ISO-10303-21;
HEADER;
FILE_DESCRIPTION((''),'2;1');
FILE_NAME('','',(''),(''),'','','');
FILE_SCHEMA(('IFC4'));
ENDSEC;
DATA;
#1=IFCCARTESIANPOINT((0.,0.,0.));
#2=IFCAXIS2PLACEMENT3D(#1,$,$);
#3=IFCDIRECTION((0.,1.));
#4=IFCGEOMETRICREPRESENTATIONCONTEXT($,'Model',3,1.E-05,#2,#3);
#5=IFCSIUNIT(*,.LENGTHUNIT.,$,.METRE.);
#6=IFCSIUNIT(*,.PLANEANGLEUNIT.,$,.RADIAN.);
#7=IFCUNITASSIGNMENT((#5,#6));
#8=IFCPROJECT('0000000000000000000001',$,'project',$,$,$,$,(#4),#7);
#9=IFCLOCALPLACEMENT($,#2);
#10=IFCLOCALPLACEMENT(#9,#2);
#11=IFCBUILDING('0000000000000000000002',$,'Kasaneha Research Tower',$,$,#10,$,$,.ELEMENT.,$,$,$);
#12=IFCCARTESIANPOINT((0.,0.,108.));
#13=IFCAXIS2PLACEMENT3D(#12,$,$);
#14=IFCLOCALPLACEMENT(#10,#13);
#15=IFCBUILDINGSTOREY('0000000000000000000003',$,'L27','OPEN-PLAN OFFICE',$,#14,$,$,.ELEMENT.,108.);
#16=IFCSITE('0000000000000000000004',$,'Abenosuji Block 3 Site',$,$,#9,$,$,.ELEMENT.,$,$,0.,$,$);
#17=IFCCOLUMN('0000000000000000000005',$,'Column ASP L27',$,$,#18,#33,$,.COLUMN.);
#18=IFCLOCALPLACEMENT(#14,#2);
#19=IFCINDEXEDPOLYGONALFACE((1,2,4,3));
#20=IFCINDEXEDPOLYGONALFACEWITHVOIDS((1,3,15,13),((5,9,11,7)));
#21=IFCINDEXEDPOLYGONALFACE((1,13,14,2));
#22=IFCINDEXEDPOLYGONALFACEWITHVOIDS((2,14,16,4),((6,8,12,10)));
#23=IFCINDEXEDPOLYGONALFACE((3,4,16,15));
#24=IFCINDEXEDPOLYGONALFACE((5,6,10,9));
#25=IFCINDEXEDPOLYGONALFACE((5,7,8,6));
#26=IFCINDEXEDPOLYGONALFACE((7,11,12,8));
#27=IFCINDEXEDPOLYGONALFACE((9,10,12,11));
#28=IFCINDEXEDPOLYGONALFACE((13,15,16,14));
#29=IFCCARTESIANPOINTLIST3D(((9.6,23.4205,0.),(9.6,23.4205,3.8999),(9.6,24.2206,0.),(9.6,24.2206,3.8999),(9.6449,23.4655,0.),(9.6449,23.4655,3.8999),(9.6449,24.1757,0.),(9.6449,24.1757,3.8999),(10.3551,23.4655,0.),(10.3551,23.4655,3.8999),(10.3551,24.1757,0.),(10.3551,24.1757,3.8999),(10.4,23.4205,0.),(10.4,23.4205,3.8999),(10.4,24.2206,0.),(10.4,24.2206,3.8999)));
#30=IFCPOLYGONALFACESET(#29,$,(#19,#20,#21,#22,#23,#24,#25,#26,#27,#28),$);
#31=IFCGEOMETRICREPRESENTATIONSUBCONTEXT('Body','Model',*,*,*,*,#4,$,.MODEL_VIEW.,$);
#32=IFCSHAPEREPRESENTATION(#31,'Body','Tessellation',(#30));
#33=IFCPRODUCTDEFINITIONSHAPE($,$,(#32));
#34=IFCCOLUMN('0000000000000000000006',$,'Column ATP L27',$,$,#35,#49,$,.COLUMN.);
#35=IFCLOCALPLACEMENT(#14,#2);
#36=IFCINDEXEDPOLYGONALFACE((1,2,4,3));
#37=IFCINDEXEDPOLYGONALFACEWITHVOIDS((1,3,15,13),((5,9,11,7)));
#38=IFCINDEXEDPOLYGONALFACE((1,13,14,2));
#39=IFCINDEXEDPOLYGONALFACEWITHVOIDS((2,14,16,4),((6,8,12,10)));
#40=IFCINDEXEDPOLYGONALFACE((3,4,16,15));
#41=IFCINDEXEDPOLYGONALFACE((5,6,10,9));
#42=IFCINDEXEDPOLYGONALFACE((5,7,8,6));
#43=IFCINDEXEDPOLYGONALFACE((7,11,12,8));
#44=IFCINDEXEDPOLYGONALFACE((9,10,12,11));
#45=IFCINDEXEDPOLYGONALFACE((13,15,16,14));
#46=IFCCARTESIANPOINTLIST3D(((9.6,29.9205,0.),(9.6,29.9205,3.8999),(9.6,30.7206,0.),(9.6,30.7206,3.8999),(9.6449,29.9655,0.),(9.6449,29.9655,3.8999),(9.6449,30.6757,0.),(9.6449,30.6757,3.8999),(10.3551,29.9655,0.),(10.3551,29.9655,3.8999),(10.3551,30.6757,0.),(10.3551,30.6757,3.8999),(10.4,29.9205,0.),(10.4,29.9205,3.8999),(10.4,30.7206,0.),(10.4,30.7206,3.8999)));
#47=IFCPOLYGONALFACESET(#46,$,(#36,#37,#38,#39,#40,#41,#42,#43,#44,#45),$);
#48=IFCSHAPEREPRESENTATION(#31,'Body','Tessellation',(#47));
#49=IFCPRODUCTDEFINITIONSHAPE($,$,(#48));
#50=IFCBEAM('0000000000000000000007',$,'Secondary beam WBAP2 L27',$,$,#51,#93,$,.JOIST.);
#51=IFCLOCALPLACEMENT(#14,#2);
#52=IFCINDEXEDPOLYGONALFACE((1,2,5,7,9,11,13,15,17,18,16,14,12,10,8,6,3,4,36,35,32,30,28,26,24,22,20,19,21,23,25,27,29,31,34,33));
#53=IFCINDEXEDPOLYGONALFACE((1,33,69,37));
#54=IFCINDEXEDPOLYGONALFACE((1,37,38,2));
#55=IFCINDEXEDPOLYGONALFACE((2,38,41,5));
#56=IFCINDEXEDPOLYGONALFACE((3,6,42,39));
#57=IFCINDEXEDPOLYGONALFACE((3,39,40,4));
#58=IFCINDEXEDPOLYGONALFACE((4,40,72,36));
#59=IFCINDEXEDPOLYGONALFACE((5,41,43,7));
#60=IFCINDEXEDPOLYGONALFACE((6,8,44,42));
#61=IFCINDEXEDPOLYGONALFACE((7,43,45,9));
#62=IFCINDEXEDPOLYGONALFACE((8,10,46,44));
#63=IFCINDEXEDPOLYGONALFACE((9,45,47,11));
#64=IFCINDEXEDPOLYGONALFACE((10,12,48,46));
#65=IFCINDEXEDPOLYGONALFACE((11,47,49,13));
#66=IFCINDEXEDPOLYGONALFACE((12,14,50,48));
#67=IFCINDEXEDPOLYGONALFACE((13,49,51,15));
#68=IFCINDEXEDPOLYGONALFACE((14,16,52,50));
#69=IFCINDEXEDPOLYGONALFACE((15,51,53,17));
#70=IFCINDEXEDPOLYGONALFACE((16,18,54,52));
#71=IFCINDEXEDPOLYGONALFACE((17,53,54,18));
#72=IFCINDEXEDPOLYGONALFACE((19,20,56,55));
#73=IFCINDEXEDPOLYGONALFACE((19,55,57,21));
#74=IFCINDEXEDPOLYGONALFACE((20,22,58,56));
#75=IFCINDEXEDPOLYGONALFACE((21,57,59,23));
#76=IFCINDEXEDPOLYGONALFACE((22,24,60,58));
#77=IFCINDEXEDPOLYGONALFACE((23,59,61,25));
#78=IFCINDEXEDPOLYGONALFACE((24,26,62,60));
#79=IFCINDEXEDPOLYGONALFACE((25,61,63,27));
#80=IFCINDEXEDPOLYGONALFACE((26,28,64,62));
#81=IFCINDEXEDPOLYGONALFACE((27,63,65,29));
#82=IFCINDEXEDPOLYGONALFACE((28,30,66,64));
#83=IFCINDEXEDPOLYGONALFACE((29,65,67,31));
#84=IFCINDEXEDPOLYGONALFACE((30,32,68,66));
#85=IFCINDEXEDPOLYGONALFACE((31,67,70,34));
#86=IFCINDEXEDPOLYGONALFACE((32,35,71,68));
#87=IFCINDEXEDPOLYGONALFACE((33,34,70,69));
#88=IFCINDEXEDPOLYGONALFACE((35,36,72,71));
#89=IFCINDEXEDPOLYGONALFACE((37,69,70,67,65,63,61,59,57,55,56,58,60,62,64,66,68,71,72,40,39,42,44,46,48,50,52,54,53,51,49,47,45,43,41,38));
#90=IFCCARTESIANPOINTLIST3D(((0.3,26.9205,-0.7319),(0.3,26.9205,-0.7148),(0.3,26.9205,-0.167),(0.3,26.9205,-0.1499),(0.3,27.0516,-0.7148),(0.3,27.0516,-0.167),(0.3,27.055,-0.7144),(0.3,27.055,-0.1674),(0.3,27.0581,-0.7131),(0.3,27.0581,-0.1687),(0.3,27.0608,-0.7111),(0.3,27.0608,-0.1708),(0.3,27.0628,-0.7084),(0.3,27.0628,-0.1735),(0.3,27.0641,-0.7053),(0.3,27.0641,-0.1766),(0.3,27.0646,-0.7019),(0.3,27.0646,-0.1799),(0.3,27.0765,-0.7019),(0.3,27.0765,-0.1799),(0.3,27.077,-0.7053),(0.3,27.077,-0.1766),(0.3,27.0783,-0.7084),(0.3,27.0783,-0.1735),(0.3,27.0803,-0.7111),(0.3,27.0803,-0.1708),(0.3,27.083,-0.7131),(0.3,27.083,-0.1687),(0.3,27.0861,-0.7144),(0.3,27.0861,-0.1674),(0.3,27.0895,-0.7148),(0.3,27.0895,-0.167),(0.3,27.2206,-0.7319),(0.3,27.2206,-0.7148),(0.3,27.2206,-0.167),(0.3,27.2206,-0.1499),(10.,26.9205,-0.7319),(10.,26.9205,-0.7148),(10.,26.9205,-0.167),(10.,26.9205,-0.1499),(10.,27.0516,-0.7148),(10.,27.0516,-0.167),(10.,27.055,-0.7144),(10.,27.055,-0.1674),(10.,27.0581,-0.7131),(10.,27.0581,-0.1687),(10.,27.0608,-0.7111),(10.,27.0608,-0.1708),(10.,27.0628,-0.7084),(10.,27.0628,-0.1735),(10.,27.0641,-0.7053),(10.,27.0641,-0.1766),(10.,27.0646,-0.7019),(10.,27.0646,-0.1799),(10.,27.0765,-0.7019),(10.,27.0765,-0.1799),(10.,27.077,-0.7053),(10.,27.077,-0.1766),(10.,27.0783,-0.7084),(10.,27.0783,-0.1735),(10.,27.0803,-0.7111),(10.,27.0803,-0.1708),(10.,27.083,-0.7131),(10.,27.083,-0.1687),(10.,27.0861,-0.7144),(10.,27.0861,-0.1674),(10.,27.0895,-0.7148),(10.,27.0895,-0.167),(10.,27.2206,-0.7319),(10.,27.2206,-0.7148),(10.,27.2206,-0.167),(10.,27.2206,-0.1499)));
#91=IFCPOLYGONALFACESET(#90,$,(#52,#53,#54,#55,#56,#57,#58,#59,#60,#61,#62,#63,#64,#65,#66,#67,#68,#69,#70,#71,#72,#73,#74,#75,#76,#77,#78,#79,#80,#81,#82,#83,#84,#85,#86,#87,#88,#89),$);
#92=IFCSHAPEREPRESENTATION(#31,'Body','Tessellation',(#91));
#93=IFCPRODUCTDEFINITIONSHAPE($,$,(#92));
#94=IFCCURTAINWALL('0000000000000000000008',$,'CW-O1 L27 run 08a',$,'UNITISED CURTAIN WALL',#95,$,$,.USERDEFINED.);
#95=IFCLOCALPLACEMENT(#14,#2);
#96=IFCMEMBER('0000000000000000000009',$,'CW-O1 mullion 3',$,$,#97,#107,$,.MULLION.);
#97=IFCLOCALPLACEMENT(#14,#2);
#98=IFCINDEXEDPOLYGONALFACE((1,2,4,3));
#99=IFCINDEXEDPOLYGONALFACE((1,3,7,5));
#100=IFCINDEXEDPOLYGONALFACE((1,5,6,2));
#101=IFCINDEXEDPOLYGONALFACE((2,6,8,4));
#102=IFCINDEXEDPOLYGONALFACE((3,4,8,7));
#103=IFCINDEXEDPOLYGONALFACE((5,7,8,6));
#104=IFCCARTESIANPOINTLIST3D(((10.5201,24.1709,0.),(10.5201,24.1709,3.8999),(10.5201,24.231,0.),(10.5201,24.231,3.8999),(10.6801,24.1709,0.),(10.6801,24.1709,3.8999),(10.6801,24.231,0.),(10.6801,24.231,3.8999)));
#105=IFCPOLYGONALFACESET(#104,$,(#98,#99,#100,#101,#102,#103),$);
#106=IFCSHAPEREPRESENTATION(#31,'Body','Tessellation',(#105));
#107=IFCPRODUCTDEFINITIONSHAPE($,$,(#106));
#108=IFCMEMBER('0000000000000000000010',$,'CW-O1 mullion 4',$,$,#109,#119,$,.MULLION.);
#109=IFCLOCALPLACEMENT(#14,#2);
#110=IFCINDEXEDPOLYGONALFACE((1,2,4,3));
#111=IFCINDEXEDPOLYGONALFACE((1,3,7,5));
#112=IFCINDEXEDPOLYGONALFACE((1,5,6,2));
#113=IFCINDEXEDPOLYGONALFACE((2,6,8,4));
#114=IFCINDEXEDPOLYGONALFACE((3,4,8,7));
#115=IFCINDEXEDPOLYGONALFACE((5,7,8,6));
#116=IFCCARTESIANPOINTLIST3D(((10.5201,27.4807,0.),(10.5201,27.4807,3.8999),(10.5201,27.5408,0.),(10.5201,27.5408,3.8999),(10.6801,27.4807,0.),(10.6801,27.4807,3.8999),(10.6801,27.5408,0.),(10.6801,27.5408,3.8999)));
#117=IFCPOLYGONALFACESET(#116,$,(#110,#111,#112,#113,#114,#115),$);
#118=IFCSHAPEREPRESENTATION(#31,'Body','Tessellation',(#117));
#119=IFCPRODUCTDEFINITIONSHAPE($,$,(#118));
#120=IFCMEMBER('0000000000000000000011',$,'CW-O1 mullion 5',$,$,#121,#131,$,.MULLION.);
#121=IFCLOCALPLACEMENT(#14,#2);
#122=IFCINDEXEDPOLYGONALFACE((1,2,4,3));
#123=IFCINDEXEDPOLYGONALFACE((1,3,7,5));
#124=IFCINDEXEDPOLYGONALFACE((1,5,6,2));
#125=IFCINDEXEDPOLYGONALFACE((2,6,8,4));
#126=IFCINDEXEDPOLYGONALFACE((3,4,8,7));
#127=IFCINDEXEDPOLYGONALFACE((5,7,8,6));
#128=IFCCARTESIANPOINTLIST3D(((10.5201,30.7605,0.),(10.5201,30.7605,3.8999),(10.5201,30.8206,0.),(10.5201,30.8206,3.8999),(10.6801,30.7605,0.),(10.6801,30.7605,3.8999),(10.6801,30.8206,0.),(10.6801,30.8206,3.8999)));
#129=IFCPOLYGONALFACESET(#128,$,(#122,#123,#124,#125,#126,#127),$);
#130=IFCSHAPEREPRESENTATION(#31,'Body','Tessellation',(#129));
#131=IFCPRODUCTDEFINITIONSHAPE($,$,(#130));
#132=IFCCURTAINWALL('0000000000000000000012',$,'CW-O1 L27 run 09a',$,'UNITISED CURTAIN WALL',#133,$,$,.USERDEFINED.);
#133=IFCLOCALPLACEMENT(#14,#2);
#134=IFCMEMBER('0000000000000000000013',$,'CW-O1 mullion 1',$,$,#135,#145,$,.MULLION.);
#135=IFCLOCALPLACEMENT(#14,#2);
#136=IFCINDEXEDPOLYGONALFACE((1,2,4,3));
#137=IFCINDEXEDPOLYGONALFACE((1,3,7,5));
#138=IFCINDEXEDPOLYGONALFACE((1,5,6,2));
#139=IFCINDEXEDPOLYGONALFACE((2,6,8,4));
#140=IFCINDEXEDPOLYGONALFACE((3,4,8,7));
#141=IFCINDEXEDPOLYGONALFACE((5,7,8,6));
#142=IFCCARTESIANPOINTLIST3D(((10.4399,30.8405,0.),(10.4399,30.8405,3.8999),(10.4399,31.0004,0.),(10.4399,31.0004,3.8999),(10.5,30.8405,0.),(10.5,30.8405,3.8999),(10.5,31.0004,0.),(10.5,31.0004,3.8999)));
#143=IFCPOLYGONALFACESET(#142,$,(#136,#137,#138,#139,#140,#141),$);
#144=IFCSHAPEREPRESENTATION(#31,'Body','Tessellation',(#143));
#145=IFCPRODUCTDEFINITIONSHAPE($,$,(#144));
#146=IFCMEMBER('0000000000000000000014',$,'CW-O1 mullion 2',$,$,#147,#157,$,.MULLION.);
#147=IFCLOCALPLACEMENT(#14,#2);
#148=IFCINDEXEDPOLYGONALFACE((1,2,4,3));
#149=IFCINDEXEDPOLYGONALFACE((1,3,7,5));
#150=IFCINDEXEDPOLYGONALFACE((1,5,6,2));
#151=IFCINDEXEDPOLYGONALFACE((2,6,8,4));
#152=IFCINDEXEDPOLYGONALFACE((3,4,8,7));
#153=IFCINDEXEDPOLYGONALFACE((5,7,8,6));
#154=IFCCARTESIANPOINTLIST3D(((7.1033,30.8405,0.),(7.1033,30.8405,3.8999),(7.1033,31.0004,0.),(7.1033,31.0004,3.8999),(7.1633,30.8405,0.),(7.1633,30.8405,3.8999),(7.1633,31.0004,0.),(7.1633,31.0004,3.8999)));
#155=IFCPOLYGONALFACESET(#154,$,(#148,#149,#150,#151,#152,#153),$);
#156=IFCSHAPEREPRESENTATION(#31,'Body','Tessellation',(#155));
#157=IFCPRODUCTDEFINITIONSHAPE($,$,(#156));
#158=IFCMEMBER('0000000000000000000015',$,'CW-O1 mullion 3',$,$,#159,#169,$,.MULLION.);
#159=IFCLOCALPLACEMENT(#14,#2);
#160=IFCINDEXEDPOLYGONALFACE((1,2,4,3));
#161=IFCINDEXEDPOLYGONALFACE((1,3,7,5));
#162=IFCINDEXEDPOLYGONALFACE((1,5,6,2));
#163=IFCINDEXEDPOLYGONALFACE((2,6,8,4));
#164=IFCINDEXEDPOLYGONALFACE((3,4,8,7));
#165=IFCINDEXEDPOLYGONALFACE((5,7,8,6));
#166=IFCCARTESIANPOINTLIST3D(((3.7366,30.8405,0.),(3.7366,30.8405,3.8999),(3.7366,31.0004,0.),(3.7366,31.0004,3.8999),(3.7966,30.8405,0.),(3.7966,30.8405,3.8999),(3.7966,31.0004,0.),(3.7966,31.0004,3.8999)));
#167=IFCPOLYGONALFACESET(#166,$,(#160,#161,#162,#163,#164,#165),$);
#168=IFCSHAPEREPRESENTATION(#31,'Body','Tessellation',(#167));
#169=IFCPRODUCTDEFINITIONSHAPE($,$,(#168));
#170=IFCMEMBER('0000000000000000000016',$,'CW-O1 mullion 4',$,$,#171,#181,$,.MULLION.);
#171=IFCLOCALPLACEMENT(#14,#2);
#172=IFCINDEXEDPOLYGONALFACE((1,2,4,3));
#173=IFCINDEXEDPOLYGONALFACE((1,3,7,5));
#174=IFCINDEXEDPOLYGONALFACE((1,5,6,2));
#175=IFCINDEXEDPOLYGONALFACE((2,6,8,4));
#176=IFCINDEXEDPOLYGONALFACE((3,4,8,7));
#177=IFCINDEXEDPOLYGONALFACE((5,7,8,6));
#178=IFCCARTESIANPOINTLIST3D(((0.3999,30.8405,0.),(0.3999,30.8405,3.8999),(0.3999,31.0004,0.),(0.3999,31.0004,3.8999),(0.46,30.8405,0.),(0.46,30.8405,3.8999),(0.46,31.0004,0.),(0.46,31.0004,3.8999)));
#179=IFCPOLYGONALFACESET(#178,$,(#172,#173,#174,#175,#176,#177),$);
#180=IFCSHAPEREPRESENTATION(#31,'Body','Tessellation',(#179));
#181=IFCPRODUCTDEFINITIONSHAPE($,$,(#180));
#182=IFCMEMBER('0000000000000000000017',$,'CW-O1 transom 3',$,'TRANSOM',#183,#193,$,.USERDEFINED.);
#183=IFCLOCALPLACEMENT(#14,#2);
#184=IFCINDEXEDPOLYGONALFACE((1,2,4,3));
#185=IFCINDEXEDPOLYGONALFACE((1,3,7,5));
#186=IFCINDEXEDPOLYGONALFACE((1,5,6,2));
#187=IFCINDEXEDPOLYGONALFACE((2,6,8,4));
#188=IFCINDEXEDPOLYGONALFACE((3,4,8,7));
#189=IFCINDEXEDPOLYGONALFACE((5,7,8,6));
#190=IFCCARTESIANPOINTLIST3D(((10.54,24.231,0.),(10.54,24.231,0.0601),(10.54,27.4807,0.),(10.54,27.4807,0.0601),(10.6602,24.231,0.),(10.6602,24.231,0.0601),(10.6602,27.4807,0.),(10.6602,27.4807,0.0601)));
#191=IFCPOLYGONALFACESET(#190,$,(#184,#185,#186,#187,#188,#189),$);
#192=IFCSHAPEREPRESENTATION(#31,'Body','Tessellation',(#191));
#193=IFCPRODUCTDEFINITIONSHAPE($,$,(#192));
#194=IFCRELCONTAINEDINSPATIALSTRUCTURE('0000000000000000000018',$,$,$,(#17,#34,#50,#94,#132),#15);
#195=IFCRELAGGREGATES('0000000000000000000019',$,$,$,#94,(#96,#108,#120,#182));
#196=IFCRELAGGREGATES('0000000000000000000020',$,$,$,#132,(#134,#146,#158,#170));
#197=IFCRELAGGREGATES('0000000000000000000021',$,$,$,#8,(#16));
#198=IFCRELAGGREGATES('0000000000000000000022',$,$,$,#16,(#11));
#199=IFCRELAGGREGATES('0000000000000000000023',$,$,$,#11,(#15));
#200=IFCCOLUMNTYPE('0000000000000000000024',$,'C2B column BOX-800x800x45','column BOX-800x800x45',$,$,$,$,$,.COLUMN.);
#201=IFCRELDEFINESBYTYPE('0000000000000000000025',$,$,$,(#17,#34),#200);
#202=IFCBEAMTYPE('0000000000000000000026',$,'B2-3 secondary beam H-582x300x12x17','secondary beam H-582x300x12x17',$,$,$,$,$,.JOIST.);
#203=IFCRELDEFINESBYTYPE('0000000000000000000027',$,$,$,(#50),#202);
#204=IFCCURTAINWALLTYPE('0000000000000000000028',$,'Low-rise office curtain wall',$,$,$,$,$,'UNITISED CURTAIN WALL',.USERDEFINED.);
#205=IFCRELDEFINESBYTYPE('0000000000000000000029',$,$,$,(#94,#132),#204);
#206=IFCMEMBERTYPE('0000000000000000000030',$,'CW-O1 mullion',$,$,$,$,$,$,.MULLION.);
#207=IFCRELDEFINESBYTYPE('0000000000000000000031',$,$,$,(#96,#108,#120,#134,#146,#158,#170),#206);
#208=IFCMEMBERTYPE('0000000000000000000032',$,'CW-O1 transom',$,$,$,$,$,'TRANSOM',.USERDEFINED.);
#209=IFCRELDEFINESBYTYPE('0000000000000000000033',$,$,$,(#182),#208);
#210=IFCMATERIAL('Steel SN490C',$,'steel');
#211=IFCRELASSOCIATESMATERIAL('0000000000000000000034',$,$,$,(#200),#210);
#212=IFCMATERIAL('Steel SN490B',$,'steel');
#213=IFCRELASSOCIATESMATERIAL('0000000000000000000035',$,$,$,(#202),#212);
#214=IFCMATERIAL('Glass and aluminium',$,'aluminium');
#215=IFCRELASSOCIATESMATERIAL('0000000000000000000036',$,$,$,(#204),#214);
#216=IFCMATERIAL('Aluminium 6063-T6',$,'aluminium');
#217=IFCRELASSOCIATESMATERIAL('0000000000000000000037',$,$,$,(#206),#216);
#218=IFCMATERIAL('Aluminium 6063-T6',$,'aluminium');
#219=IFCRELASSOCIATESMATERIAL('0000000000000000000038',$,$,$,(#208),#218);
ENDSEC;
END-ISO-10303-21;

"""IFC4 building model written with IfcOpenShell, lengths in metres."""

from ifc_helpers import new_model, si_unit, direction, frame, origin, origin_2d, place, context, subcontext, project, spatial, rectangle, hollow_rectangle, i_section, extrude, material, material_profile, profile_set, type_object, element, aggregate, save


model = new_model("IFC4")

# Units and contexts
model_context = context("Model", 3, precision=1e-05, world=origin(), true_north=direction((0.0, 1.0)))
body_context = subcontext(model_context, "Body", "Model", "MODEL_VIEW")
ifc_project = project(units=[si_unit("LENGTHUNIT", "METRE"), si_unit("PLANEANGLEUNIT", "RADIAN")], contexts=[model_context])

# Site, building, storey
site_placement = place(None, origin())
site = spatial("IfcSite", under=ifc_project, at=site_placement, Name="Abenosuji Block 3 Site", CompositionType="ELEMENT", RefElevation=0.0)
building_placement = place(site_placement, origin())
building = spatial("IfcBuilding", under=site, at=building_placement, Name="Kasaneha Research Tower", CompositionType="ELEMENT")
storey_placement = place(building_placement, frame((0.0, 0.0, 108.0)))
storey = spatial("IfcBuildingStorey", under=building, at=storey_placement, Name="L27", Description="OPEN-PLAN OFFICE", CompositionType="ELEMENT", Elevation=108.0)

# Columns
ifc_material_1 = material(Name="Steel SN490C", Category="steel")
ifc_material_profile_1 = material_profile(ifc_material_1, hollow_rectangle(XDim=0.8, YDim=0.8, WallThickness=0.0449, at=origin_2d()), Name="BOX-800x800x45")
ifc_profile_set_1 = profile_set([ifc_material_profile_1], Name="Steel SN490C")
column_type = type_object("IfcColumnType", Name="C2B column BOX-800x800x45", Description="column BOX-800x800x45", PredefinedType="COLUMN", material=ifc_profile_set_1)
for number, where, z_axis, x_axis, name in (
    (1, (10.0, 23.8206, 0.0), (0.0, 0.0, 1.0), (1.0, 0.0, 0.0), "Column ASP L27"),
    (2, (10.0, 30.3206, 0.0), (0.0, 0.0, 1.0), (1.0, 0.0, 0.0), "Column ATP L27"),
):
    element("IfcColumn", number, at=place(storey_placement, frame(where, z_axis=z_axis, x_axis=x_axis)), inside=storey, type_object=column_type, Name=name, PredefinedType="COLUMN", context=body_context, shape_type="SweptSolid", body=[
        extrude(hollow_rectangle(XDim=0.8, YDim=0.8, WallThickness=0.0449, at=origin_2d()), origin(), (0.0, 0.0, 1.0), 3.8999),
    ])

# Beam
ifc_material_2 = material(Name="Steel SN490B", Category="steel")
ifc_material_profile_2 = material_profile(ifc_material_2, i_section(OverallWidth=0.3, OverallDepth=0.582, WebThickness=0.012, FlangeThickness=0.0171, FilletRadius=0.0129, at=origin_2d()), Name="H-582x300x12x17")
ifc_profile_set_2 = profile_set([ifc_material_profile_2], Name="Steel SN490B")
beam_type_1 = type_object("IfcBeamType", Name="B2-3 secondary beam H-582x300x12x17", Description="secondary beam H-582x300x12x17", PredefinedType="JOIST", material=ifc_profile_set_2)
beam_1_placement = place(storey_placement, frame((10.0, 27.0706, -0.4409), z_axis=(-1.0, 0.0, 0.0), x_axis=(0.0, -1.0, 0.0)))
element("IfcBeam", 3, at=beam_1_placement, inside=storey, type_object=beam_type_1, Name="Secondary beam WBAP2 L27", PredefinedType="JOIST", context=body_context, shape_type="SweptSolid", body=[
    extrude(i_section(OverallWidth=0.3, OverallDepth=0.582, WebThickness=0.012, FlangeThickness=0.0171, FilletRadius=0.0129, at=origin_2d()), origin(), (0.0, 0.0, 1.0), 9.7),
])

# Curtain walls, members
ifc_material_3 = material(Name="Glass and aluminium", Category="aluminium")
curtain_wall_type = type_object("IfcCurtainWallType", Name="Low-rise office curtain wall", ElementType="UNITISED CURTAIN WALL", PredefinedType="USERDEFINED", material=ifc_material_3)
curtain_wall_1_placement = place(storey_placement, origin())
curtain_wall_1 = element("IfcCurtainWall", 4, at=curtain_wall_1_placement, inside=storey, type_object=curtain_wall_type, Name="CW-O1 L27 run 08a", ObjectType="UNITISED CURTAIN WALL", PredefinedType="USERDEFINED")
ifc_material_4 = material(Name="Aluminium 6063-T6", Category="aluminium")
ifc_material_profile_3 = material_profile(ifc_material_4, rectangle(XDim=0.0601, YDim=0.1599, at=origin_2d()), Name="CW-O1 mullion 60x160")
ifc_profile_set_3 = profile_set([ifc_material_profile_3], Name="Aluminium 6063-T6")
member_type_1 = type_object("IfcMemberType", Name="CW-O1 mullion", PredefinedType="MULLION", material=ifc_profile_set_3)
member_1_placement = place(storey_placement, frame((10.6001, 24.2009, 0.0), z_axis=(0.0, 0.0, 1.0), x_axis=(0.0, 1.0, 0.0)))
member_1 = element("IfcMember", 5, at=member_1_placement, type_object=member_type_1, Name="CW-O1 mullion 3", PredefinedType="MULLION", context=body_context, shape_type="SweptSolid", body=[
    extrude(rectangle(XDim=0.0601, YDim=0.1599, at=origin_2d()), origin(), (0.0, 0.0, 1.0), 3.8999),
])
member_2_placement = place(storey_placement, frame((10.6001, 27.5107, 0.0), z_axis=(0.0, 0.0, 1.0), x_axis=(0.0, 1.0, 0.0)))
member_2 = element("IfcMember", 6, at=member_2_placement, type_object=member_type_1, Name="CW-O1 mullion 4", PredefinedType="MULLION", context=body_context, shape_type="SweptSolid", body=[
    extrude(rectangle(XDim=0.0601, YDim=0.1599, at=origin_2d()), origin(), (0.0, 0.0, 1.0), 3.8999),
])
member_3_placement = place(storey_placement, frame((10.6001, 30.7905, 0.0), z_axis=(0.0, 0.0, 1.0), x_axis=(0.0, 1.0, 0.0)))
member_3 = element("IfcMember", 7, at=member_3_placement, type_object=member_type_1, Name="CW-O1 mullion 5", PredefinedType="MULLION", context=body_context, shape_type="SweptSolid", body=[
    extrude(rectangle(XDim=0.0601, YDim=0.1599, at=origin_2d()), origin(), (0.0, 0.0, 1.0), 3.8999),
])
curtain_wall_2_placement = place(storey_placement, origin())
curtain_wall_2 = element("IfcCurtainWall", 8, at=curtain_wall_2_placement, inside=storey, type_object=curtain_wall_type, Name="CW-O1 L27 run 09a", ObjectType="UNITISED CURTAIN WALL", PredefinedType="USERDEFINED")
member_4_placement = place(storey_placement, frame((10.47, 30.9204, 0.0), z_axis=(0.0, 0.0, 1.0), x_axis=(-1.0, 0.0, 0.0)))
member_4 = element("IfcMember", 9, at=member_4_placement, type_object=member_type_1, Name="CW-O1 mullion 1", PredefinedType="MULLION", context=body_context, shape_type="SweptSolid", body=[
    extrude(rectangle(XDim=0.0601, YDim=0.1599, at=origin_2d()), origin(), (0.0, 0.0, 1.0), 3.8999),
])
member_5_placement = place(storey_placement, frame((7.1333, 30.9204, 0.0), z_axis=(0.0, 0.0, 1.0), x_axis=(-1.0, 0.0, 0.0)))
member_5 = element("IfcMember", 10, at=member_5_placement, type_object=member_type_1, Name="CW-O1 mullion 2", PredefinedType="MULLION", context=body_context, shape_type="SweptSolid", body=[
    extrude(rectangle(XDim=0.0601, YDim=0.1599, at=origin_2d()), origin(), (0.0, 0.0, 1.0), 3.8999),
])
member_6_placement = place(storey_placement, frame((3.7666, 30.9204, 0.0), z_axis=(0.0, 0.0, 1.0), x_axis=(-1.0, 0.0, 0.0)))
member_6 = element("IfcMember", 11, at=member_6_placement, type_object=member_type_1, Name="CW-O1 mullion 3", PredefinedType="MULLION", context=body_context, shape_type="SweptSolid", body=[
    extrude(rectangle(XDim=0.0601, YDim=0.1599, at=origin_2d()), origin(), (0.0, 0.0, 1.0), 3.8999),
])
member_7_placement = place(storey_placement, frame((0.4299, 30.9204, 0.0), z_axis=(0.0, 0.0, 1.0), x_axis=(-1.0, 0.0, 0.0)))
member_7 = element("IfcMember", 12, at=member_7_placement, type_object=member_type_1, Name="CW-O1 mullion 4", PredefinedType="MULLION", context=body_context, shape_type="SweptSolid", body=[
    extrude(rectangle(XDim=0.0601, YDim=0.1599, at=origin_2d()), origin(), (0.0, 0.0, 1.0), 3.8999),
])

# Member
ifc_material_5 = material(Name="Aluminium 6063-T6", Category="aluminium")
ifc_material_profile_4 = material_profile(ifc_material_5, rectangle(XDim=0.1201, YDim=0.0601, at=origin_2d()), Name="CW-O1 transom 120x60")
ifc_profile_set_4 = profile_set([ifc_material_profile_4], Name="Aluminium 6063-T6")
member_type_2 = type_object("IfcMemberType", Name="CW-O1 transom", ElementType="TRANSOM", PredefinedType="USERDEFINED", material=ifc_profile_set_4)
member_8_placement = place(storey_placement, frame((10.6001, 24.231, 0.03), z_axis=(0.0, 1.0, 0.0), x_axis=(-1.0, 0.0, 0.0)))
member_8 = element("IfcMember", 13, at=member_8_placement, type_object=member_type_2, Name="CW-O1 transom 3", ObjectType="TRANSOM", PredefinedType="USERDEFINED", context=body_context, shape_type="SweptSolid", body=[
    extrude(rectangle(XDim=0.1201, YDim=0.0601, at=origin_2d()), origin(), (0.0, 0.0, 1.0), 3.2498),
])

aggregate(curtain_wall_1, [member_1, member_2, member_3, member_8])
aggregate(curtain_wall_2, [member_4, member_5, member_6, member_7])

save(model, "model.ifc")
